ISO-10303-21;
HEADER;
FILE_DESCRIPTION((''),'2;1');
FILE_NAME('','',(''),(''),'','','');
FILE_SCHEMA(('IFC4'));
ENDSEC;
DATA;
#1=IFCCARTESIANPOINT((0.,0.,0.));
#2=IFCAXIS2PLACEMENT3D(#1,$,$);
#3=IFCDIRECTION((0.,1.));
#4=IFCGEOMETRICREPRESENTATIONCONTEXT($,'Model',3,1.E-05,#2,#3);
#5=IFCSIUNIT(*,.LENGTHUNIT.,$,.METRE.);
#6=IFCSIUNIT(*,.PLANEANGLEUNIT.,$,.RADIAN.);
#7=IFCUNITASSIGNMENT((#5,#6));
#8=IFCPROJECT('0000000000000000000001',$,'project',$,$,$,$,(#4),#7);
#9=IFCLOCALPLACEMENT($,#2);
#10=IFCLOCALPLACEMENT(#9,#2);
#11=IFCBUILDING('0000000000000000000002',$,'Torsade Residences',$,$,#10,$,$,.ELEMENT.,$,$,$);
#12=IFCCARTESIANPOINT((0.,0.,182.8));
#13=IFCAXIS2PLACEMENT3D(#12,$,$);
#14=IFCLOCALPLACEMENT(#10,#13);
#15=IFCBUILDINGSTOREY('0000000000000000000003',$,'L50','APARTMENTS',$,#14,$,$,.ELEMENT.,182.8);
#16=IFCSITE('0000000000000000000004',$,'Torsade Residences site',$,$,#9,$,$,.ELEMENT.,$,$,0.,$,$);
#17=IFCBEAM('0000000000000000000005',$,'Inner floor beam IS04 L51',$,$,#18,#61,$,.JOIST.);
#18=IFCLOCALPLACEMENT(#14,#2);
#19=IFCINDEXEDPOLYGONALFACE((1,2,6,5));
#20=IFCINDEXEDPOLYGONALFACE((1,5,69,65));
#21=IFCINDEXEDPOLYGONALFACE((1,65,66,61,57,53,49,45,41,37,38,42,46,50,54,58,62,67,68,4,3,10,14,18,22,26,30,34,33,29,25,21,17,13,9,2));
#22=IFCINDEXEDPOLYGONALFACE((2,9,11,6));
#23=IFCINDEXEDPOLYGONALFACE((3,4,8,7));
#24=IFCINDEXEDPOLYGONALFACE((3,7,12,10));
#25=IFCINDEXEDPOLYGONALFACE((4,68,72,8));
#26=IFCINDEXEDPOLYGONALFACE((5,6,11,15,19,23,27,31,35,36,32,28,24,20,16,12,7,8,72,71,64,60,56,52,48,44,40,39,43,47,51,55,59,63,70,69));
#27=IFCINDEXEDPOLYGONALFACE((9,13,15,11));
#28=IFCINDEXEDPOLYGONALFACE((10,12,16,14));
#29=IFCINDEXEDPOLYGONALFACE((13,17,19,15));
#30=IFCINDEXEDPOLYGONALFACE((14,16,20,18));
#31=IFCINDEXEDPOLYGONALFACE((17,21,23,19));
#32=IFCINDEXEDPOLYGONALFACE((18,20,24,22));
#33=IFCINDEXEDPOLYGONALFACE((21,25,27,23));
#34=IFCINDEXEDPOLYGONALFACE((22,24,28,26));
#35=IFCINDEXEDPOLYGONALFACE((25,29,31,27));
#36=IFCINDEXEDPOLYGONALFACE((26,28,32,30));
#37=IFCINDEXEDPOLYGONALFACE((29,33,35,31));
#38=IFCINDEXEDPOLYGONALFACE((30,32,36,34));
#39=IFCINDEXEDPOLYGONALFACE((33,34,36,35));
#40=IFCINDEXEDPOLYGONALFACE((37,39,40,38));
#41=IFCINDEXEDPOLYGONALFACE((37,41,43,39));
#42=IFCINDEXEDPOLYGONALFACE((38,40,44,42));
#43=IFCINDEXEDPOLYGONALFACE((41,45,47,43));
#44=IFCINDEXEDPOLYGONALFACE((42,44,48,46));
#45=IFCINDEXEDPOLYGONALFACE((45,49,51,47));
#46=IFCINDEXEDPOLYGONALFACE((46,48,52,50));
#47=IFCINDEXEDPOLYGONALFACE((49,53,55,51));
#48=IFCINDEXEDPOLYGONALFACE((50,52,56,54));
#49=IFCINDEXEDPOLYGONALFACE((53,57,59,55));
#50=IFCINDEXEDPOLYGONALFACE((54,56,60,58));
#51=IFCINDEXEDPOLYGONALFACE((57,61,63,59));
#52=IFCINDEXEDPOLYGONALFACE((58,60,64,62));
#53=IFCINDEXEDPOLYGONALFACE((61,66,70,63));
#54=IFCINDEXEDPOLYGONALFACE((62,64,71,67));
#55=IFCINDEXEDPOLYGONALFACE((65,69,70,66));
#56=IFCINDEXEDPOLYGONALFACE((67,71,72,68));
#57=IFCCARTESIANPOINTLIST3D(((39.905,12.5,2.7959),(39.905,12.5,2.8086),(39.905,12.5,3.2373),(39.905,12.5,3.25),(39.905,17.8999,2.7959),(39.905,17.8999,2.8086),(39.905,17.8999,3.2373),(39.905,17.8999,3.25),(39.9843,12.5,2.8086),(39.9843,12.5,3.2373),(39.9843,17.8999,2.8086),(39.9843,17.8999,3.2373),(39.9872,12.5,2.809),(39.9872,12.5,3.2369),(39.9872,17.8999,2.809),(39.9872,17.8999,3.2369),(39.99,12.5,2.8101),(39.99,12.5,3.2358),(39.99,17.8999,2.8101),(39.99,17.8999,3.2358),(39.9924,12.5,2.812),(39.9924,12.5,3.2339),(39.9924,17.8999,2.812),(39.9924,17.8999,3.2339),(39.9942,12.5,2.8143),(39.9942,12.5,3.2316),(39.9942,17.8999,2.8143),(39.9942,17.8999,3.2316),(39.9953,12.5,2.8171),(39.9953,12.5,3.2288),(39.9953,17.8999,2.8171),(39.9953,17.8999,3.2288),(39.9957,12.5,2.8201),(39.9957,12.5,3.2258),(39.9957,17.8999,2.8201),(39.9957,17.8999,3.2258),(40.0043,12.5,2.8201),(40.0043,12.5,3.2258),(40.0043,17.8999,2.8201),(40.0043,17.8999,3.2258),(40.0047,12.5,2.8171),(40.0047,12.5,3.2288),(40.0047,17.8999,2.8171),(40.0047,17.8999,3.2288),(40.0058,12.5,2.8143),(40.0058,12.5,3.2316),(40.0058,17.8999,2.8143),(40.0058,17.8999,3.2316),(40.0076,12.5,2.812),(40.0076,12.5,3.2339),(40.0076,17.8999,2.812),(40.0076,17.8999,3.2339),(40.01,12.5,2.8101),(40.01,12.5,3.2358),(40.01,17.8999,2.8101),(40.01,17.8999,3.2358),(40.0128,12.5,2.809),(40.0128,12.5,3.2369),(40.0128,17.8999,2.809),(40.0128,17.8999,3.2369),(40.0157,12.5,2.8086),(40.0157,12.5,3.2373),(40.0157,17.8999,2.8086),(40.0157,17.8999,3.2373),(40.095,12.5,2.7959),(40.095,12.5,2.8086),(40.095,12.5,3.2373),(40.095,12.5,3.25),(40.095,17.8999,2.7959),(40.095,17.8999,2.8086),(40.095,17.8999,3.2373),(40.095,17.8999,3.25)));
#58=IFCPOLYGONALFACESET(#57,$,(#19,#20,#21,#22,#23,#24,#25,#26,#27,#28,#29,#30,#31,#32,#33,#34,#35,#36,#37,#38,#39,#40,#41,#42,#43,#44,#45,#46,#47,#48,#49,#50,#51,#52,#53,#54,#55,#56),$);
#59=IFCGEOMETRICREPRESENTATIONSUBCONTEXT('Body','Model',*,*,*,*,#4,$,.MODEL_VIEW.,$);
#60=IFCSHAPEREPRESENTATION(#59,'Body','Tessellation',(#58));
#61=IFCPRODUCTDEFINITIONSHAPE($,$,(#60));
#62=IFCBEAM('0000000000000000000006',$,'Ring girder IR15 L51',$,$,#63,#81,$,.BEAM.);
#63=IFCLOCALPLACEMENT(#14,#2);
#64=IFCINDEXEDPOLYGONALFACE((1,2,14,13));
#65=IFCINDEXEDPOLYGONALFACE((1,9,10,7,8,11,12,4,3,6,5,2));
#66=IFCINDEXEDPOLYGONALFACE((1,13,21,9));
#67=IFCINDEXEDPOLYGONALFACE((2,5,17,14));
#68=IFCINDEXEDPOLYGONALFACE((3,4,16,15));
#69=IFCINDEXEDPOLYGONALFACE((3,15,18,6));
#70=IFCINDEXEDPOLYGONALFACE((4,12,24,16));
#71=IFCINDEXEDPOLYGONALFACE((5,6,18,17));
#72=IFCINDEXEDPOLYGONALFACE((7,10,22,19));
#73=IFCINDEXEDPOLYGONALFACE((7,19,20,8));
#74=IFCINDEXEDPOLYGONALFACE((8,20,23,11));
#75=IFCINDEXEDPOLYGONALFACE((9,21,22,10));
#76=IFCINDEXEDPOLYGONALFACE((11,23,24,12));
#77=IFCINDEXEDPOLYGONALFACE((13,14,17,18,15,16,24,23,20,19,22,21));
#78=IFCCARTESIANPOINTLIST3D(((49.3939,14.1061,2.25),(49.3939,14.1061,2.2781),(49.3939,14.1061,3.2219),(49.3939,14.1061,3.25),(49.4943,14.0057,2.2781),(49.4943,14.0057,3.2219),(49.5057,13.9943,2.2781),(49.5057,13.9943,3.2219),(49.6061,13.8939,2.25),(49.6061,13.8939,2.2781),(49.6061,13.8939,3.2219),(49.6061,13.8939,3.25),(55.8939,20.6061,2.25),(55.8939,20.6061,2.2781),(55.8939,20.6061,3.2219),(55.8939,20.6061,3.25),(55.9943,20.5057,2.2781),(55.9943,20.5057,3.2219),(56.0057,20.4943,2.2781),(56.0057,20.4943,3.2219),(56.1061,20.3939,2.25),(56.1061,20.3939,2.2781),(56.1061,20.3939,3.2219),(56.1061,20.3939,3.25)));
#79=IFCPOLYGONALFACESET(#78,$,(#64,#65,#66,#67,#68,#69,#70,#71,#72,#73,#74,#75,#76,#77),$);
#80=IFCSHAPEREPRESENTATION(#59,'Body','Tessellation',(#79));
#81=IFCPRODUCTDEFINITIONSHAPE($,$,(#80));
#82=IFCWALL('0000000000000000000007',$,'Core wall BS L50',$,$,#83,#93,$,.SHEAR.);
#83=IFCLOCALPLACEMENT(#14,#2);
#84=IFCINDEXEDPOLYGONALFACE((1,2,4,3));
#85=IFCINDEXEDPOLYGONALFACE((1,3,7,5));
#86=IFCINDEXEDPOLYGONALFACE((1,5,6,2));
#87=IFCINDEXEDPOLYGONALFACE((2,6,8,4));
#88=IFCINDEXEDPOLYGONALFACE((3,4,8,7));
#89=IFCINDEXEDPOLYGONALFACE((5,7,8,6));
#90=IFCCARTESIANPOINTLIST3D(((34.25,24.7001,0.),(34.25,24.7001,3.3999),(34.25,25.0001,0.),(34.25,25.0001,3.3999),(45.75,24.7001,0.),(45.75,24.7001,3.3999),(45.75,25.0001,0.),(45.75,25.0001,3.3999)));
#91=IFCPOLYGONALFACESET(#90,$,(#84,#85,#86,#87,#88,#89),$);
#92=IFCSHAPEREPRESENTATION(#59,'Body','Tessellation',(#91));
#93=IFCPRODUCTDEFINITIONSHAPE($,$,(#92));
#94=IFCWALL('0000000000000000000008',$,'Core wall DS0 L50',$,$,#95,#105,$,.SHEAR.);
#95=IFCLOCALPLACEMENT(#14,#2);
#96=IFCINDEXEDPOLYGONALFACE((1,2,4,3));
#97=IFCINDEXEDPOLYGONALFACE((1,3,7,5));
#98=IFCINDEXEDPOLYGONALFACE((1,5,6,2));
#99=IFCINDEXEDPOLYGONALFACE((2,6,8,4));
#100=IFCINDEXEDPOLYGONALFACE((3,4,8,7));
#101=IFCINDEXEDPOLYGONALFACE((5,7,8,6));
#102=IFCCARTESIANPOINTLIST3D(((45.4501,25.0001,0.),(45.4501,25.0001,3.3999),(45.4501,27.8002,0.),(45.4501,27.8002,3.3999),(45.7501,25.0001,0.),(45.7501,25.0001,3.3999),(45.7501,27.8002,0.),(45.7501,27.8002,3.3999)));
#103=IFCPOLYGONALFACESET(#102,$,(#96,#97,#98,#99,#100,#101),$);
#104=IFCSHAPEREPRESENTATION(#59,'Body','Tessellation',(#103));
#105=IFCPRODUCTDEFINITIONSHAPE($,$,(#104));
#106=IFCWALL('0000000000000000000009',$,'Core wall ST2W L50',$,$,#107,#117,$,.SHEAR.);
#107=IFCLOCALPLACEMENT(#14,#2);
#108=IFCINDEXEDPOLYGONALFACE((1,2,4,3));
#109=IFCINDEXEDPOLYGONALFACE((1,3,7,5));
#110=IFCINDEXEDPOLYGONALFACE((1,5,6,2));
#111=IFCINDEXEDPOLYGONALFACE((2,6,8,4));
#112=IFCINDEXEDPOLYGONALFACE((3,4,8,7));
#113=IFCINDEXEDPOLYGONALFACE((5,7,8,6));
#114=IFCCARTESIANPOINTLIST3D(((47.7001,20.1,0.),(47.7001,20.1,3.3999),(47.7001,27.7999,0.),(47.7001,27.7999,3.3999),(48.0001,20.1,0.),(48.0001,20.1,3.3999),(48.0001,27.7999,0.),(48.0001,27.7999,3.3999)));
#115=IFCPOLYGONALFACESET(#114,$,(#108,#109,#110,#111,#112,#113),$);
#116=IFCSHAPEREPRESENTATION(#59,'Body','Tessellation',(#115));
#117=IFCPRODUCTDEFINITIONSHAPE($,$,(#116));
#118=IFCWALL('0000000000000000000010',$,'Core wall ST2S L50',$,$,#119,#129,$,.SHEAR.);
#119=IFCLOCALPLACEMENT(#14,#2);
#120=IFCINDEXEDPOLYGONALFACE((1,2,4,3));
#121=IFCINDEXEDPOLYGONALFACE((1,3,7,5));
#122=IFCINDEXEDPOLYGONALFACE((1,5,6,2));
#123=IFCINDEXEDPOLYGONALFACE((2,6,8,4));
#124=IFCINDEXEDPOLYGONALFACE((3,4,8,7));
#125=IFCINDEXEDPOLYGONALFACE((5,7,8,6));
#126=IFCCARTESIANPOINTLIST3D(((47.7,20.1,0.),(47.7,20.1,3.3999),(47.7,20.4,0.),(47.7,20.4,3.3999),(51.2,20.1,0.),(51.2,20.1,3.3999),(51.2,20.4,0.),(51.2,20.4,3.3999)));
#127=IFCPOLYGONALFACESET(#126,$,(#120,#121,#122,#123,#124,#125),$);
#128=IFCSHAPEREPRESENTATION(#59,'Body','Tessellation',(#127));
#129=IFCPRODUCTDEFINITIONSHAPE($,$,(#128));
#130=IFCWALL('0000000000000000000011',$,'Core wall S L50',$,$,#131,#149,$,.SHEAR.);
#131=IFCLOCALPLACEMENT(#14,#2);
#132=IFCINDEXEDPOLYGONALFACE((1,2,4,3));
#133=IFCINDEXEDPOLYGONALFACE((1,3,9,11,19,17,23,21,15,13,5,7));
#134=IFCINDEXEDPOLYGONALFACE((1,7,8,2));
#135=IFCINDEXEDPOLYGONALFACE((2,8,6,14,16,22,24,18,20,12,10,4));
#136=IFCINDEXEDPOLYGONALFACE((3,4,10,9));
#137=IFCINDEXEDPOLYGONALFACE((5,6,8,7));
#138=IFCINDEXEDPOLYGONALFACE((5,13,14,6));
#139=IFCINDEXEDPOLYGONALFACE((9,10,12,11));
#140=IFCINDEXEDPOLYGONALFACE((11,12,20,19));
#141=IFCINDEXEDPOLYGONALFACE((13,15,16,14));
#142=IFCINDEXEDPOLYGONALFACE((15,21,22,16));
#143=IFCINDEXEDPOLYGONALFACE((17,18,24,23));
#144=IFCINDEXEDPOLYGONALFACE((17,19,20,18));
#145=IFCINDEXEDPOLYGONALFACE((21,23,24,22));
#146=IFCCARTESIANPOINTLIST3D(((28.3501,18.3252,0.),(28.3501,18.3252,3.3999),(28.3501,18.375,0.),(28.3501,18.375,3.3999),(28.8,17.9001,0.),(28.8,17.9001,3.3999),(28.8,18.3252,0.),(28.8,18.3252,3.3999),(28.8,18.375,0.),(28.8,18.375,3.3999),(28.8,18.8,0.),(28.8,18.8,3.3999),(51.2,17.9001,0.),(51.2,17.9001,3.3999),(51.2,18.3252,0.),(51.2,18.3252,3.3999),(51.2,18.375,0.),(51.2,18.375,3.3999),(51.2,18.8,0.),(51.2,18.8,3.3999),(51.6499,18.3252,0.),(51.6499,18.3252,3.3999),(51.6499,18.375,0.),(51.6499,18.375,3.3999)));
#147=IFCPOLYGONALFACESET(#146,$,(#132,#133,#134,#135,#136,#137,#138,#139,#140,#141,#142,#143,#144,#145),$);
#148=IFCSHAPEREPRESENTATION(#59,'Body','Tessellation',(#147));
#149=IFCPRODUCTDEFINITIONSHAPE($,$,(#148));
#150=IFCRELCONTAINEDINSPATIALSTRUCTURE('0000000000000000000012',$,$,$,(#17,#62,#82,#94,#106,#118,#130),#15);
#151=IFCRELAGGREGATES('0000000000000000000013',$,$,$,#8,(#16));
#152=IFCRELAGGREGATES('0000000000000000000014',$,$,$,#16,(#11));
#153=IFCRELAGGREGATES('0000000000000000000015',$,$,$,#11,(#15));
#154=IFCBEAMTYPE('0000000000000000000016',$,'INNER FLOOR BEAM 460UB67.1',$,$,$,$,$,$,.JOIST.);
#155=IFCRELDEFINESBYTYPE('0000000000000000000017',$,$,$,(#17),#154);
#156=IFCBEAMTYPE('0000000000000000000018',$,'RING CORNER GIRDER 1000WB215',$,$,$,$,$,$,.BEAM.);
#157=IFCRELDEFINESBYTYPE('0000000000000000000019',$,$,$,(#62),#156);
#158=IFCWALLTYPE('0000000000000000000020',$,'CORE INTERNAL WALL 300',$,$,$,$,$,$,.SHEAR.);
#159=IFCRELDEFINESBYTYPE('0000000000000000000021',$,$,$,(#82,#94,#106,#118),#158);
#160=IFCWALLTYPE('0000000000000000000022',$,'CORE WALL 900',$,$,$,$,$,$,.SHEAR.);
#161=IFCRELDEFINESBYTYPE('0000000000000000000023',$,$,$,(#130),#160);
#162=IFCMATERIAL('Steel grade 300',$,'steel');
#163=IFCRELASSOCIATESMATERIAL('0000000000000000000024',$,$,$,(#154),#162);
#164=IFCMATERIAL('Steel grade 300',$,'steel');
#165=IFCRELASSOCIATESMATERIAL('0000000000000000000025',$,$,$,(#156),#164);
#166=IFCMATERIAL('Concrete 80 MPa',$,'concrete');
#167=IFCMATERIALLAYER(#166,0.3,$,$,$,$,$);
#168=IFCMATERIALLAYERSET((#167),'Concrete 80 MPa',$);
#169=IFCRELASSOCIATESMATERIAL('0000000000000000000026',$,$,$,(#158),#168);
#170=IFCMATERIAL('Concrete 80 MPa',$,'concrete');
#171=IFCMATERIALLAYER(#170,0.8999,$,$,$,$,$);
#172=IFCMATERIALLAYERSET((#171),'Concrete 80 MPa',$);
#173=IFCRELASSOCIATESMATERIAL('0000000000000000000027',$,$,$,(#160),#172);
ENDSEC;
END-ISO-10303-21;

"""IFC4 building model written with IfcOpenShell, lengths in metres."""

from ifc_helpers import new_model, si_unit, direction, frame, frame_2d, origin, origin_2d, place, context, subcontext, project, spatial, polyline, rectangle, i_section, outline, extrude, material, layer, layer_set, material_profile, profile_set, type_object, element, save


model = new_model("IFC4")

# Units and contexts
model_context = context("Model", 3, precision=1e-05, world=origin(), true_north=direction((0.0, 1.0)))
body_context = subcontext(model_context, "Body", "Model", "MODEL_VIEW")
ifc_project = project(units=[si_unit("LENGTHUNIT", "METRE"), si_unit("PLANEANGLEUNIT", "RADIAN")], contexts=[model_context])

# Site, building, storey
site_placement = place(None, origin())
site = spatial("IfcSite", under=ifc_project, at=site_placement, Name="Torsade Residences site", CompositionType="ELEMENT", RefElevation=0.0)
building_placement = place(site_placement, origin())
building = spatial("IfcBuilding", under=site, at=building_placement, Name="Torsade Residences", CompositionType="ELEMENT")
storey_placement = place(building_placement, frame((0.0, 0.0, 182.8)))
storey = spatial("IfcBuildingStorey", under=building, at=storey_placement, Name="L50", Description="APARTMENTS", CompositionType="ELEMENT", Elevation=182.8)

# Beams
ifc_material_1 = material(Name="Steel grade 300", Category="steel")
ifc_material_profile_1 = material_profile(ifc_material_1, i_section(OverallWidth=0.1899, OverallDepth=0.4541, WebThickness=0.0085, FlangeThickness=0.0127, FilletRadius=0.0115, at=origin_2d()), Name="460UB67.1")
ifc_profile_set_1 = profile_set([ifc_material_profile_1], Name="Steel grade 300")
beam_type_1 = type_object("IfcBeamType", Name="INNER FLOOR BEAM 460UB67.1", PredefinedType="JOIST", material=ifc_profile_set_1)
for number, where, z_axis, x_axis, name in (
    (1, (40.0, 17.8999, 3.0229), (0.0, -1.0, 0.0), (1.0, 0.0, 0.0), "Inner floor beam IS04 L51"),
):
    element("IfcBeam", number, at=place(storey_placement, frame(where, z_axis=z_axis, x_axis=x_axis)), inside=storey, type_object=beam_type_1, Name=name, PredefinedType="JOIST", context=body_context, shape_type="SweptSolid", body=[
        extrude(i_section(OverallWidth=0.1899, OverallDepth=0.4541, WebThickness=0.0085, FlangeThickness=0.0127, FilletRadius=0.0115, at=origin_2d()), origin(), (0.0, 0.0, 1.0), 5.3999),
    ])
ifc_material_2 = material(Name="Steel grade 300", Category="steel")
ifc_material_profile_2 = material_profile(ifc_material_2, i_section(OverallWidth=0.3, OverallDepth=1.0, WebThickness=0.0161, FlangeThickness=0.0281, at=origin_2d()), Name="1000WB215")
ifc_profile_set_2 = profile_set([ifc_material_profile_2], Name="Steel grade 300")
beam_type_2 = type_object("IfcBeamType", Name="RING CORNER GIRDER 1000WB215", PredefinedType="BEAM", material=ifc_profile_set_2)
beam_1_placement = place(storey_placement, frame((49.5, 14.0, 2.75), z_axis=(0.707107, 0.707107, 0.0), x_axis=(-0.707107, 0.707107, 0.0)))
element("IfcBeam", 2, at=beam_1_placement, inside=storey, type_object=beam_type_2, Name="Ring girder IR15 L51", PredefinedType="BEAM", context=body_context, shape_type="SweptSolid", body=[
    extrude(i_section(OverallWidth=0.3, OverallDepth=1.0, WebThickness=0.0161, FlangeThickness=0.0281, at=origin_2d()), origin(), (0.0, 0.0, 1.0), 9.1924),
])

# Walls
ifc_material_3 = material(Name="Concrete 80 MPa", Category="concrete")
ifc_layer_1 = layer(ifc_material_3, 0.3)
ifc_layer_set_1 = layer_set([ifc_layer_1], Name="Concrete 80 MPa")
wall_type_1 = type_object("IfcWallType", Name="CORE INTERNAL WALL 300", PredefinedType="SHEAR", material=ifc_layer_set_1)
wall_1_placement = place(storey_placement, frame((45.75, 24.8501, 0.0), z_axis=(0.0, 0.0, 1.0), x_axis=(-1.0, 0.0, 0.0)))
element("IfcWall", 3, at=wall_1_placement, inside=storey, type_object=wall_type_1, Name="Core wall BS L50", PredefinedType="SHEAR", context=body_context, shape_type="SweptSolid", body=[
    extrude(rectangle(XDim=11.5, YDim=0.3, at=frame_2d((5.75, 0.0))), origin(), (0.0, 0.0, 1.0), 3.3999),
])
wall_2_placement = place(storey_placement, frame((45.6001, 27.8, 0.0), z_axis=(0.0, 0.0, 1.0), x_axis=(0.0, -1.0, 0.0)))
element("IfcWall", 4, at=wall_2_placement, inside=storey, type_object=wall_type_1, Name="Core wall DS0 L50", PredefinedType="SHEAR", context=body_context, shape_type="SweptSolid", body=[
    extrude(rectangle(XDim=2.8, YDim=0.3, at=frame_2d((1.3999, 0.0))), origin(), (0.0, 0.0, 1.0), 3.3999),
])
wall_3_placement = place(storey_placement, frame((47.8501, 27.8, 0.0), z_axis=(0.0, 0.0, 1.0), x_axis=(0.0, -1.0, 0.0)))
element("IfcWall", 5, at=wall_3_placement, inside=storey, type_object=wall_type_1, Name="Core wall ST2W L50", PredefinedType="SHEAR", context=body_context, shape_type="SweptSolid", body=[
    extrude(rectangle(XDim=7.7, YDim=0.3, at=frame_2d((3.8501, 0.0))), origin(), (0.0, 0.0, 1.0), 3.3999),
])
wall_4_placement = place(storey_placement, frame((51.2, 20.25, 0.0), z_axis=(0.0, 0.0, 1.0), x_axis=(-1.0, 0.0, 0.0)))
element("IfcWall", 6, at=wall_4_placement, inside=storey, type_object=wall_type_1, Name="Core wall ST2S L50", PredefinedType="SHEAR", context=body_context, shape_type="SweptSolid", body=[
    extrude(rectangle(XDim=3.5, YDim=0.3, at=frame_2d((1.75, 0.0))), origin(), (0.0, 0.0, 1.0), 3.3999),
])
ifc_material_4 = material(Name="Concrete 80 MPa", Category="concrete")
ifc_layer_2 = layer(ifc_material_4, 0.8999)
ifc_layer_set_2 = layer_set([ifc_layer_2], Name="Concrete 80 MPa")
wall_type_2 = type_object("IfcWallType", Name="CORE WALL 900", PredefinedType="SHEAR", material=ifc_layer_set_2)
wall_5_placement = place(storey_placement, frame((51.2, 18.3501, 0.0), z_axis=(0.0, 0.0, 1.0), x_axis=(-1.0, 0.0, 0.0)))
element("IfcWall", 7, at=wall_5_placement, inside=storey, type_object=wall_type_2, Name="Core wall S L50", PredefinedType="SHEAR", context=body_context, shape_type="SweptSolid", body=[
    extrude(outline(polyline([(0.0, -0.45), (22.3999, -0.45), (22.3999, -0.0249), (22.8499, -0.0249), (22.8499, 0.0249), (22.3999, 0.0249), (22.3999, 0.45), (0.0, 0.45), (0.0, 0.0249), (-0.45, 0.0249), (-0.45, -0.0249), (0.0, -0.0249), (0.0, -0.45)])), origin(), (0.0, 0.0, 1.0), 3.3999),
])

save(model, "model.ifc")
